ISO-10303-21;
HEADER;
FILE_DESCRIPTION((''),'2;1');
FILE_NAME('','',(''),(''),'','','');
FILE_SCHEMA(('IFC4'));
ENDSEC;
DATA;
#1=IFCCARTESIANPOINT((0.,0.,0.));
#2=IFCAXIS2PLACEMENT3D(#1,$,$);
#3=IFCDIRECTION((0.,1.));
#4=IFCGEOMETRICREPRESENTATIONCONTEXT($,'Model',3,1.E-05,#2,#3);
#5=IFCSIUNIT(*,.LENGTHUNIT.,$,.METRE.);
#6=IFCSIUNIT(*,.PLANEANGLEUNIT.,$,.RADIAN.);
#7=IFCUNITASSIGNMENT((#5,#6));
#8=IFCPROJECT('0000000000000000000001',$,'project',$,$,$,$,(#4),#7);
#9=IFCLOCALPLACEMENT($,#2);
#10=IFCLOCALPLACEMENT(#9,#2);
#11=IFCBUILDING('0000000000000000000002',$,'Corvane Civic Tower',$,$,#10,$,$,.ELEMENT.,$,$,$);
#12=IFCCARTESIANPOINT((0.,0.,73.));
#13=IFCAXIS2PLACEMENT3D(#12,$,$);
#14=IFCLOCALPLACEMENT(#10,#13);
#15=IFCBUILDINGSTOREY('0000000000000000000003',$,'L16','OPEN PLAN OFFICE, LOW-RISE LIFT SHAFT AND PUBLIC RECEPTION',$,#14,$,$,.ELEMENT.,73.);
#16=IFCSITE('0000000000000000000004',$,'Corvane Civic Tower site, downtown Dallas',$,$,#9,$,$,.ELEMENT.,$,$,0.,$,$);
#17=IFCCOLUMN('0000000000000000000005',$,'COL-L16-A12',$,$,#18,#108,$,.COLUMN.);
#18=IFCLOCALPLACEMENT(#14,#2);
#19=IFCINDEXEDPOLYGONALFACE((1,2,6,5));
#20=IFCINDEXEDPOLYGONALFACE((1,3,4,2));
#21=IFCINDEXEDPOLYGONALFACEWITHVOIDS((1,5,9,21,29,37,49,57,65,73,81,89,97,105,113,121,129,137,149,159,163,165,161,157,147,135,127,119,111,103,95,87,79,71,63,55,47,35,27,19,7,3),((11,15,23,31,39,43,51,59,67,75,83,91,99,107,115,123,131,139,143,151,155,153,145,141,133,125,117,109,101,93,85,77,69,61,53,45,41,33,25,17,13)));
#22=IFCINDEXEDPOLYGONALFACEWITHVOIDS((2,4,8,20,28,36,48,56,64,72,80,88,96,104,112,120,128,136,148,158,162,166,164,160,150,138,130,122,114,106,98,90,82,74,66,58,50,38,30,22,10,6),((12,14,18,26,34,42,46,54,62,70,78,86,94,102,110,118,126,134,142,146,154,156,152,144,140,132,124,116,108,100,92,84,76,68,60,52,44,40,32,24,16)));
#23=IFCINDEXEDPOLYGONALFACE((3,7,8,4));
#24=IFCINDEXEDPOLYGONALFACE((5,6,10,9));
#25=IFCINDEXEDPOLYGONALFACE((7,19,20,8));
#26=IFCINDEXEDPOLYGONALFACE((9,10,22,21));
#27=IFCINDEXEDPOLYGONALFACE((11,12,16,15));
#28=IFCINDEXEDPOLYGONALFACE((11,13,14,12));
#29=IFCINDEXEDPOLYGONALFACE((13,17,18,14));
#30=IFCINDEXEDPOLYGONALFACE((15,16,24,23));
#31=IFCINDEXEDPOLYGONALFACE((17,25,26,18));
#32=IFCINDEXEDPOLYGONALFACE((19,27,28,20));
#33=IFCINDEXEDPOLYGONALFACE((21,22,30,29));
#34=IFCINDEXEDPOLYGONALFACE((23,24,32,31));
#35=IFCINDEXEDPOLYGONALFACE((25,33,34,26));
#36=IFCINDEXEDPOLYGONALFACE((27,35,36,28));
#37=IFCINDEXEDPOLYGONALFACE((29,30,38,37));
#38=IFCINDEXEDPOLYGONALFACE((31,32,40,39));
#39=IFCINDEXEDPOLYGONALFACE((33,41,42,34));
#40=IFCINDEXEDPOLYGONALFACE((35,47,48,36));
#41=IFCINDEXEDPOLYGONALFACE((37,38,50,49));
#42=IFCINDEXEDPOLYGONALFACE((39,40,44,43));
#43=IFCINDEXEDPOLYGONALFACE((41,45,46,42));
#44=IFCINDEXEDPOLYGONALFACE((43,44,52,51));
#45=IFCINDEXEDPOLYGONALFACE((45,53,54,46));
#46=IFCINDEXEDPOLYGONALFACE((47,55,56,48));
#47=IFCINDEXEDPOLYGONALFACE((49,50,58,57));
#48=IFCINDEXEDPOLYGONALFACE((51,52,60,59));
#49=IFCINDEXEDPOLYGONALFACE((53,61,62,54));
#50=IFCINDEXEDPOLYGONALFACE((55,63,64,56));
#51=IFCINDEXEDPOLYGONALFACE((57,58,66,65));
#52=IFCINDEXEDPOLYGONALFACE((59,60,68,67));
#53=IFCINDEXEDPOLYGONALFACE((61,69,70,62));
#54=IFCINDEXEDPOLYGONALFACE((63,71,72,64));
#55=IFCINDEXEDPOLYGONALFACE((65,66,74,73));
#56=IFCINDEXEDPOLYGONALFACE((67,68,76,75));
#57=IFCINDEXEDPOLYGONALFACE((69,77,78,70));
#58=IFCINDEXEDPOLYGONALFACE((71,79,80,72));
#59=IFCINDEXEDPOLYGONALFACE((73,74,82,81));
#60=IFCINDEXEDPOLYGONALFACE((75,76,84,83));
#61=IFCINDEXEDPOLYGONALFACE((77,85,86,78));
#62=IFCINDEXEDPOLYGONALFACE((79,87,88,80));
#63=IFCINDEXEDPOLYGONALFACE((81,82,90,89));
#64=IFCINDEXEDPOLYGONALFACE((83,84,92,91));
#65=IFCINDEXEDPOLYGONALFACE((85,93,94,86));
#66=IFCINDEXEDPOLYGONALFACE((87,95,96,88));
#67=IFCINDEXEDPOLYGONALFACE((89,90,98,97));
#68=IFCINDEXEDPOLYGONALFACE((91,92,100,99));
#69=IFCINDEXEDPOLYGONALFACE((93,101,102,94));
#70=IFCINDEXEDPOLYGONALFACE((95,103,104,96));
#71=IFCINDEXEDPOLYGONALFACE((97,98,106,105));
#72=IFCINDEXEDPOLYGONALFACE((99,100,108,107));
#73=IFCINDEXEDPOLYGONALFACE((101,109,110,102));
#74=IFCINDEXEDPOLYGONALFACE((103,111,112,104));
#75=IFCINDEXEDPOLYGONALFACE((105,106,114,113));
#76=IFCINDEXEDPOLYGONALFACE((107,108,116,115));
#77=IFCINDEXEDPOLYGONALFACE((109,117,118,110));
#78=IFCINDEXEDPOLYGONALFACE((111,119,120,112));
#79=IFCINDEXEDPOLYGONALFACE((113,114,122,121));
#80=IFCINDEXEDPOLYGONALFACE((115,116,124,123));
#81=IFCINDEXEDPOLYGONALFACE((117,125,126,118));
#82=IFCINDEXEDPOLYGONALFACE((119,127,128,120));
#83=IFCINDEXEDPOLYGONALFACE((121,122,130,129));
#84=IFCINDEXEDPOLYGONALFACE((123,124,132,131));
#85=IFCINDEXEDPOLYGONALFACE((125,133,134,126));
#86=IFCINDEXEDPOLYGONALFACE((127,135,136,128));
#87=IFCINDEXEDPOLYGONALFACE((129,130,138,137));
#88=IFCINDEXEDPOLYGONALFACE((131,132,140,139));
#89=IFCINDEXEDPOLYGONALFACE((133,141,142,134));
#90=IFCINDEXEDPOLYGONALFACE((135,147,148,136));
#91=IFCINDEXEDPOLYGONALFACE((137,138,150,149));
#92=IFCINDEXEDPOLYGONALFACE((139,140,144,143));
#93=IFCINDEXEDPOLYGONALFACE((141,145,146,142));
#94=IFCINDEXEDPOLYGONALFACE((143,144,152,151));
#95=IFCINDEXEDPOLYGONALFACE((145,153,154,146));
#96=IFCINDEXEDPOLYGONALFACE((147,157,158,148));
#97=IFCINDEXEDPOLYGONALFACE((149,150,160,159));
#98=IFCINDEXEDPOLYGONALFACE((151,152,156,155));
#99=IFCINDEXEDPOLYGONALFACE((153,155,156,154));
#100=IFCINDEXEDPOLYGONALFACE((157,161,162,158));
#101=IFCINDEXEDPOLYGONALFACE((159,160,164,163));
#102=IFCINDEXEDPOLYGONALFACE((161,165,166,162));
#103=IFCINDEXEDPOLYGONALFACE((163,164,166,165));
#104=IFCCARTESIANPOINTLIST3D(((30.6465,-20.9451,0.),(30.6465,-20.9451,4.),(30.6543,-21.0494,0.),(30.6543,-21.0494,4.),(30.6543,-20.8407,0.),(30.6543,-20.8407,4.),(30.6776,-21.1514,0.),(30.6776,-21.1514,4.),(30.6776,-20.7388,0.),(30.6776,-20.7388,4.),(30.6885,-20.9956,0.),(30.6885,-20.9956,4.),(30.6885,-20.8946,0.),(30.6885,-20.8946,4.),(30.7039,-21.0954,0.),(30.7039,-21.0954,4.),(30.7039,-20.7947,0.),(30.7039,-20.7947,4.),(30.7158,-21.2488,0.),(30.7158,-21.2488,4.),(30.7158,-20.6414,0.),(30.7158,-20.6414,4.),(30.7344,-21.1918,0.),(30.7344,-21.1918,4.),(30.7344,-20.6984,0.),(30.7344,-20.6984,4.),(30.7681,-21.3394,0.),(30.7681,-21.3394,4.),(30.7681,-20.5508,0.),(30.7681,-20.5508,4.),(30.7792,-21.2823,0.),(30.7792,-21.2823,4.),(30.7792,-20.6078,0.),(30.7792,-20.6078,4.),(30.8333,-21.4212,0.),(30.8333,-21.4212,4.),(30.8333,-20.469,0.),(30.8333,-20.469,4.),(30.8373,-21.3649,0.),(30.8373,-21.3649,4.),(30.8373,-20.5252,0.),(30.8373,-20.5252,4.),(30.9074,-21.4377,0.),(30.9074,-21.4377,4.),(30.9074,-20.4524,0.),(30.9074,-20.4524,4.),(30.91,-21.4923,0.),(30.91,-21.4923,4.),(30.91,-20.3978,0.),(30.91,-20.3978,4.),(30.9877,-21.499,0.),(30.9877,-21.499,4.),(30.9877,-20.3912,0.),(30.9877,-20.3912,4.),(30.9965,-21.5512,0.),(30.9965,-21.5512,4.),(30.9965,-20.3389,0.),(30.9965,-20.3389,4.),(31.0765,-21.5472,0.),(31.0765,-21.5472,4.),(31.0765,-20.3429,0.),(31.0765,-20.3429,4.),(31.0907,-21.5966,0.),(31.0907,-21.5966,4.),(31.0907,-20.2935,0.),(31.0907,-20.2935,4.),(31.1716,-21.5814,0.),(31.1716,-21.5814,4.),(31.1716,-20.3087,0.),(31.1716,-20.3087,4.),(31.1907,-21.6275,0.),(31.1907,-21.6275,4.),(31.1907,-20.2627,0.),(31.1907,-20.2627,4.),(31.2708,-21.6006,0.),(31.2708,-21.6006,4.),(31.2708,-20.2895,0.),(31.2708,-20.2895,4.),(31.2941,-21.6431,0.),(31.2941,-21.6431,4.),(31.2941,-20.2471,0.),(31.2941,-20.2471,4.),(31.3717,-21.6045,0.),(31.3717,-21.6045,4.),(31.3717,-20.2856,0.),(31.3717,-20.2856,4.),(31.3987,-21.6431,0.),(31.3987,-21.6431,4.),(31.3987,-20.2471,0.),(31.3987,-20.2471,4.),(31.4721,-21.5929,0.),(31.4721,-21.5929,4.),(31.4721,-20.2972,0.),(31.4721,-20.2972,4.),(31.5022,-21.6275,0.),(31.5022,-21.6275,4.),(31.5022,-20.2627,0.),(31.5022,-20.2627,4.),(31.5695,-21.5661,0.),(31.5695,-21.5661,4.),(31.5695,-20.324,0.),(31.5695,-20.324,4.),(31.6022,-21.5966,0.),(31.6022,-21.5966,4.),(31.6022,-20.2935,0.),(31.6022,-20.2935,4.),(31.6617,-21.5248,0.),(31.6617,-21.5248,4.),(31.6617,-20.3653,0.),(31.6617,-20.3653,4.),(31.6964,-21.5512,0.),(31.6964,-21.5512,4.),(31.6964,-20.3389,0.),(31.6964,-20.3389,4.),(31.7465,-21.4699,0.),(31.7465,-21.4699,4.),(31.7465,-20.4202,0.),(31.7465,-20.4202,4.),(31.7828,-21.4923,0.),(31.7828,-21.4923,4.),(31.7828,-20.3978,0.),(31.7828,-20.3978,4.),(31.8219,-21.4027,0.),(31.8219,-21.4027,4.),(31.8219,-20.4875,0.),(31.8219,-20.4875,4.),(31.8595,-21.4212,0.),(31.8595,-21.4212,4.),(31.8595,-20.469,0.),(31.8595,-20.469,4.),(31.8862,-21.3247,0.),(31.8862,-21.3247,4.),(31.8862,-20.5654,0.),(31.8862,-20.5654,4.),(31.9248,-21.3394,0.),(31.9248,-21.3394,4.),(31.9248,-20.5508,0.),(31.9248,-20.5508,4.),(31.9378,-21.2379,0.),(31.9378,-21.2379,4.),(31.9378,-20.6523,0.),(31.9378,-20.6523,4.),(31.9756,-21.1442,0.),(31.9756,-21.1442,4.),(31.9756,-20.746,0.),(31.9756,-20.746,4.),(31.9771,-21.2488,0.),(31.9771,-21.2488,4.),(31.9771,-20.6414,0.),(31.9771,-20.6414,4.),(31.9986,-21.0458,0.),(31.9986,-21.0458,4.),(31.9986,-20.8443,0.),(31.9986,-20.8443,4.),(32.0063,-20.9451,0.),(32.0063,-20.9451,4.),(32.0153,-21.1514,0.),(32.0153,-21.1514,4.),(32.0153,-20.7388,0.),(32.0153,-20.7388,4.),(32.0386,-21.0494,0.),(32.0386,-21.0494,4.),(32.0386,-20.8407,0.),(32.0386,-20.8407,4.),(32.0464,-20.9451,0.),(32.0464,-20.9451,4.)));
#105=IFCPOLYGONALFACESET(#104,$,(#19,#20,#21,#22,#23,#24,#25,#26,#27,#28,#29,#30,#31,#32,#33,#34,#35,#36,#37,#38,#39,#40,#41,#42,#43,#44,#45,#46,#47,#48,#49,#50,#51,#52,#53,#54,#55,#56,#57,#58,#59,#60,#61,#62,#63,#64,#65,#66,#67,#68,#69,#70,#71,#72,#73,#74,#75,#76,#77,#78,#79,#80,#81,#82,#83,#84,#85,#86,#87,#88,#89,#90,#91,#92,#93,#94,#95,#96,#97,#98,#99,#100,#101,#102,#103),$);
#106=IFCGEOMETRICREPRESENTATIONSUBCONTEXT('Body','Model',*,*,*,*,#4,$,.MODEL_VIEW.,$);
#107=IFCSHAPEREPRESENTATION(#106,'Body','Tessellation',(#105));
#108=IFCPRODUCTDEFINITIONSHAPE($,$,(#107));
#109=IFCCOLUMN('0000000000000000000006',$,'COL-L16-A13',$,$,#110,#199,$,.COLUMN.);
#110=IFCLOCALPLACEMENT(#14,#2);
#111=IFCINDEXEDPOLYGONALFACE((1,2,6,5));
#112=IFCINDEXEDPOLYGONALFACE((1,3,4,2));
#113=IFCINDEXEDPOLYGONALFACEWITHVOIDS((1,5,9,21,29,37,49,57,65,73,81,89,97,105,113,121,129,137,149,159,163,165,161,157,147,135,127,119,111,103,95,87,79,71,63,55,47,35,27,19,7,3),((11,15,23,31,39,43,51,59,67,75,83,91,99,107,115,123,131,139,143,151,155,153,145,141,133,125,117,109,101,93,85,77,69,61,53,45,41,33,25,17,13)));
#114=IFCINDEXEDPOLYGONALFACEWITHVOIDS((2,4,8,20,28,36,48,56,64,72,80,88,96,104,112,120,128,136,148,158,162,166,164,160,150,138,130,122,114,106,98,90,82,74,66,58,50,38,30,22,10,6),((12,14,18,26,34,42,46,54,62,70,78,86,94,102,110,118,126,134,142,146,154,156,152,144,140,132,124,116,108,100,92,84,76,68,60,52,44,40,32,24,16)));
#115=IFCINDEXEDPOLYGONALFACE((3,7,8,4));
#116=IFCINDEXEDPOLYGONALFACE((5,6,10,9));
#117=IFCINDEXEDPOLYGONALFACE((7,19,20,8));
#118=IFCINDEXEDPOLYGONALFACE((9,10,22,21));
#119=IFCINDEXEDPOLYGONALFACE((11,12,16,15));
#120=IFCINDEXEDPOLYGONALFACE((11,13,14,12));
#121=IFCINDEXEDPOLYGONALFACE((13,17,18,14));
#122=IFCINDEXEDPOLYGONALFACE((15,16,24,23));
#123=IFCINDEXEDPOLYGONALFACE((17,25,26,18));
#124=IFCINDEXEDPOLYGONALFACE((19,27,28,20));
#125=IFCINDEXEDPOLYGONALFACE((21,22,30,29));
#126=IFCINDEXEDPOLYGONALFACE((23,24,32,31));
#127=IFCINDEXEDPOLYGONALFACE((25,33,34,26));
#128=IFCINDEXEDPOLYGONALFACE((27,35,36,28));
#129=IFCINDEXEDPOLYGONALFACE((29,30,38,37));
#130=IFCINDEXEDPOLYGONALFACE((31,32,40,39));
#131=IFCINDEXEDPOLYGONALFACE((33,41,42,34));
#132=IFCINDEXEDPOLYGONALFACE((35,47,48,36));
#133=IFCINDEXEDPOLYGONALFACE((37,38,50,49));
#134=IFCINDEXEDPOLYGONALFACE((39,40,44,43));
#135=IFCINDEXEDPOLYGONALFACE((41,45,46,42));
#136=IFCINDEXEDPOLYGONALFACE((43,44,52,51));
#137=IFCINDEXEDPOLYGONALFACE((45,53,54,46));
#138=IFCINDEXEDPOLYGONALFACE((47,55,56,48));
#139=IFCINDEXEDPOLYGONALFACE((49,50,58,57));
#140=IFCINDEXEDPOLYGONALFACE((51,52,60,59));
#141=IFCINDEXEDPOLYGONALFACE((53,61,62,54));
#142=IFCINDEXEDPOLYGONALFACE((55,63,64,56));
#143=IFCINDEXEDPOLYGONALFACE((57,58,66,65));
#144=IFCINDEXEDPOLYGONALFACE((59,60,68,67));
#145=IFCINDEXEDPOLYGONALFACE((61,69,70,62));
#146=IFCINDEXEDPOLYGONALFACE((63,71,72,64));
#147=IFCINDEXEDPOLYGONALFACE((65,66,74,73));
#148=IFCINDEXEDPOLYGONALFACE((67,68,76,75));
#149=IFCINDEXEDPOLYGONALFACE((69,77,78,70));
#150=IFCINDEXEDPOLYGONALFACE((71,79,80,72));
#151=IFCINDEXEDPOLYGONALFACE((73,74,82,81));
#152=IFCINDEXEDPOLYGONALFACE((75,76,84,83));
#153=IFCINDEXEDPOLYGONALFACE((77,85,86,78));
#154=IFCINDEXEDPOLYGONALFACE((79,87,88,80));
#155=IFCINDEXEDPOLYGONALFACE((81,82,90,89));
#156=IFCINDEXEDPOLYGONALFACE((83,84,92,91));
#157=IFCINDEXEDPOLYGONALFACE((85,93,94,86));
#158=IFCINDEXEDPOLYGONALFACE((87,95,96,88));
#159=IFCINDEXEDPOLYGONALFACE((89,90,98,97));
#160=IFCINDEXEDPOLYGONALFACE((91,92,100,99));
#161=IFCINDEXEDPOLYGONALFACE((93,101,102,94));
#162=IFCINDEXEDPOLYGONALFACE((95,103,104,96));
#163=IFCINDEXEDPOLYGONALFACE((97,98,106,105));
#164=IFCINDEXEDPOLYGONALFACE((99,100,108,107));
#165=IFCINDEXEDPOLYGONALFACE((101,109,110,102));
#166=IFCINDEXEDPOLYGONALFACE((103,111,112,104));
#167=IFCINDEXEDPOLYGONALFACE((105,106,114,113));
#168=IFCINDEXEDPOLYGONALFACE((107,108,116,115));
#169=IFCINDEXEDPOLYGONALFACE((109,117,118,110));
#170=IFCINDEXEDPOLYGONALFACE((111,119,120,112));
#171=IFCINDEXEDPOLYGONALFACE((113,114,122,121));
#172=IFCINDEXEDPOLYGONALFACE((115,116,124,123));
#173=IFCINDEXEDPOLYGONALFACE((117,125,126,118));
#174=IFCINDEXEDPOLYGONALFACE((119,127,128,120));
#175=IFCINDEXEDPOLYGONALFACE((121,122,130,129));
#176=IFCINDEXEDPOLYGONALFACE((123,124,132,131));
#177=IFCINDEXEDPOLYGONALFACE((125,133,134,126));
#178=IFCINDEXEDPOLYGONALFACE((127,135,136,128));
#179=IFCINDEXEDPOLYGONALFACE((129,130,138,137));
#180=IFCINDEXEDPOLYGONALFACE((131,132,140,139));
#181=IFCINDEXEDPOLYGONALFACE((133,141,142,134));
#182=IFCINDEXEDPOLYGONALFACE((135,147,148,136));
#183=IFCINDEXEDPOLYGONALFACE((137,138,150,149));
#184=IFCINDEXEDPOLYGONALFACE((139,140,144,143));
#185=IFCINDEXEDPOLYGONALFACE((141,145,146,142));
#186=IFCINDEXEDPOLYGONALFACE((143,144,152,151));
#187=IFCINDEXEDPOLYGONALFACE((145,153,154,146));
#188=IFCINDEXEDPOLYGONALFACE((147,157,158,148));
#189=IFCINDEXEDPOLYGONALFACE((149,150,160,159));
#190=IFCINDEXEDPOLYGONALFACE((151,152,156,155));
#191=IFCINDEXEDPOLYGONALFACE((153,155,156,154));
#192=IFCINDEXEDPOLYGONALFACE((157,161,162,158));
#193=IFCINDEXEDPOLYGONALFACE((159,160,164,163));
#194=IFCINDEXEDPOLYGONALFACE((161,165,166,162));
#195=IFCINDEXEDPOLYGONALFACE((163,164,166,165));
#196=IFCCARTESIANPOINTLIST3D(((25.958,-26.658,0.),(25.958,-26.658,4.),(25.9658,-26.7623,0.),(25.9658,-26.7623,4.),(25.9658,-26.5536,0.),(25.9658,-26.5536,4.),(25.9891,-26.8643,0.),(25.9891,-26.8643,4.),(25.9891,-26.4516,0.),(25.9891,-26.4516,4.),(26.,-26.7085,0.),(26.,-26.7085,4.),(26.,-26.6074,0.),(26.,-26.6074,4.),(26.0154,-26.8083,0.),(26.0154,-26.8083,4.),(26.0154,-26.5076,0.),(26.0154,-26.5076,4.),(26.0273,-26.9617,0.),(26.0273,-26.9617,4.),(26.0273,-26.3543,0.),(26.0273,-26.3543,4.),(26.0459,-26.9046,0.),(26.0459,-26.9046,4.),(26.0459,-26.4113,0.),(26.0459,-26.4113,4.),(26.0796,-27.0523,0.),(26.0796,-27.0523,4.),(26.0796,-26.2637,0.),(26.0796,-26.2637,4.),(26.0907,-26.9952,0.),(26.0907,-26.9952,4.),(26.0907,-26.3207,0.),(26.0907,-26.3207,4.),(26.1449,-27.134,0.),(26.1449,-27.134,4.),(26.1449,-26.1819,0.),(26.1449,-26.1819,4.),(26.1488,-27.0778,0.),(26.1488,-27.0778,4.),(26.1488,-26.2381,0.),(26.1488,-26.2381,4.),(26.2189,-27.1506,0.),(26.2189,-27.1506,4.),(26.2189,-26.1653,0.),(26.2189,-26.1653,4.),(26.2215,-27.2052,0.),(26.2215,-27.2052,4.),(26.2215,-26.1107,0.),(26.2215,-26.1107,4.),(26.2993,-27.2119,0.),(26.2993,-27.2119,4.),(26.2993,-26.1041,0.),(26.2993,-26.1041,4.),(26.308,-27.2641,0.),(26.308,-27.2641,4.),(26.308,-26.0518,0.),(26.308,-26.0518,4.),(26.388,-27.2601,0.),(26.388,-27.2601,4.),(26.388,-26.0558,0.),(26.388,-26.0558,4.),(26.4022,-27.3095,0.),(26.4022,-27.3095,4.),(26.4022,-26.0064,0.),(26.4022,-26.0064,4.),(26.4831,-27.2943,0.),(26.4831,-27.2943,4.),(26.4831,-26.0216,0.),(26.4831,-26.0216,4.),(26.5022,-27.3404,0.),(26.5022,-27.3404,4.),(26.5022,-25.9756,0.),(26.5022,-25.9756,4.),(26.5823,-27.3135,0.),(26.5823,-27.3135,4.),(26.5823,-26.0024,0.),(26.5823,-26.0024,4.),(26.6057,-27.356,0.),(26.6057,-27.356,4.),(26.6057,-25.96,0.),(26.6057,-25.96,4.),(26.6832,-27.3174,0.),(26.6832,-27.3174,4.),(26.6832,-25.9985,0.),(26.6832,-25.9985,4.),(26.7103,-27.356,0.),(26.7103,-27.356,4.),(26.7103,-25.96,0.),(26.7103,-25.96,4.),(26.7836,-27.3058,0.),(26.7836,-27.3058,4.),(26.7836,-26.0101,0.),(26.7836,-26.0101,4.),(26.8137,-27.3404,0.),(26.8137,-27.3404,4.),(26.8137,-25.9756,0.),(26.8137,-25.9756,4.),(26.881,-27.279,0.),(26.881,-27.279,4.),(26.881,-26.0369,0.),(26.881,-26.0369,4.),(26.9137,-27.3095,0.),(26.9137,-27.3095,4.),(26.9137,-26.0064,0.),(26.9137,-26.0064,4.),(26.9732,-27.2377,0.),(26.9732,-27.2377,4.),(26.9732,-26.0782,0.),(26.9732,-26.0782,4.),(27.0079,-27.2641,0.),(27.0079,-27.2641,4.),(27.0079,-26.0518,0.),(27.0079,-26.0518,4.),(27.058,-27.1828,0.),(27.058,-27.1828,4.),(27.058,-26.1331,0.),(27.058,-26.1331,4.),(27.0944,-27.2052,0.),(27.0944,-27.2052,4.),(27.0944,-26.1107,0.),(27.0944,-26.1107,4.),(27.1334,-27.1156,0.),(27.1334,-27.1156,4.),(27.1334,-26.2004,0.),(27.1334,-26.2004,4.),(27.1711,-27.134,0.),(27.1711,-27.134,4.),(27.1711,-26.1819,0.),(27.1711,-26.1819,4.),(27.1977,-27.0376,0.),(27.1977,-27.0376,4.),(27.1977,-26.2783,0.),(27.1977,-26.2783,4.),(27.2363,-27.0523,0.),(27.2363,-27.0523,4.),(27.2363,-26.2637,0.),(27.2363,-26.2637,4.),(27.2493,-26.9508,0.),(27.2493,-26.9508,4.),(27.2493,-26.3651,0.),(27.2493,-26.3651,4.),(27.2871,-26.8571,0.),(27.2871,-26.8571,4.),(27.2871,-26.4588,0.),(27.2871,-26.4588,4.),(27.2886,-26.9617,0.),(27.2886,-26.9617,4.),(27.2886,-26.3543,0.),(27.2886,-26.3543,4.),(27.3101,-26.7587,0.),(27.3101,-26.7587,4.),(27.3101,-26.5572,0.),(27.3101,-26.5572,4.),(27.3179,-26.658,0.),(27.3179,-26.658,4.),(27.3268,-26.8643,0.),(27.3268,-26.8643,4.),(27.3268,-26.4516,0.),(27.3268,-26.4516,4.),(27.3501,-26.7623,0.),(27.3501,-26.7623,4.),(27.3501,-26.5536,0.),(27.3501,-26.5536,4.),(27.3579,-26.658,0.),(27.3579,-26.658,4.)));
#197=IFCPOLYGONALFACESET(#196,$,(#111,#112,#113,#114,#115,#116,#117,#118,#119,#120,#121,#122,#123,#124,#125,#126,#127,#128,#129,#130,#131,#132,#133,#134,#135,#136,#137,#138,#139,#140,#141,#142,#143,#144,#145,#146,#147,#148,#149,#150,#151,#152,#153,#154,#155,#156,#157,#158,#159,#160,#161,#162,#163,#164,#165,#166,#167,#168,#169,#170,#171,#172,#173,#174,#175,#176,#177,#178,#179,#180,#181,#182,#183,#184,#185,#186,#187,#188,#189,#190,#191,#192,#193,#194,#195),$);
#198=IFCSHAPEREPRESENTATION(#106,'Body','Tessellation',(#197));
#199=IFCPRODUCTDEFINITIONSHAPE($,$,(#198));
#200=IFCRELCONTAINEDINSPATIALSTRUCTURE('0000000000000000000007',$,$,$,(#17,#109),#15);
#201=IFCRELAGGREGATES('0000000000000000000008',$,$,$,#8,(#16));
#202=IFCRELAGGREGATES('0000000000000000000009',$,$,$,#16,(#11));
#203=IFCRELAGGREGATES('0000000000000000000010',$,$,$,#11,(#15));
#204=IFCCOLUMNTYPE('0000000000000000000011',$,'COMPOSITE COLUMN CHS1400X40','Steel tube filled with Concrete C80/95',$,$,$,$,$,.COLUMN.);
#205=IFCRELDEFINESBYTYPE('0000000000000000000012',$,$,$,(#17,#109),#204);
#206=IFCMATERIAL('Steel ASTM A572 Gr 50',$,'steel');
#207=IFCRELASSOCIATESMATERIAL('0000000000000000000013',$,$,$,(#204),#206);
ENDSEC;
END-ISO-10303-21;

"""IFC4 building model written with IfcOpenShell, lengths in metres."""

from ifc_helpers import new_model, si_unit, direction, frame, origin, origin_2d, place, context, subcontext, project, spatial, hollow_circle, extrude, material, material_profile, profile_set, type_object, element, save


model = new_model("IFC4")

# Units and contexts
model_context = context("Model", 3, precision=1e-05, world=origin(), true_north=direction((0.0, 1.0)))
body_context = subcontext(model_context, "Body", "Model", "MODEL_VIEW")
ifc_project = project(units=[si_unit("LENGTHUNIT", "METRE"), si_unit("PLANEANGLEUNIT", "RADIAN")], contexts=[model_context])

# Site, building, storey
site_placement = place(None, origin())
site = spatial("IfcSite", under=ifc_project, at=site_placement, Name="Corvane Civic Tower site, downtown Dallas", CompositionType="ELEMENT", RefElevation=0.0)
building_placement = place(site_placement, origin())
building = spatial("IfcBuilding", under=site, at=building_placement, Name="Corvane Civic Tower", CompositionType="ELEMENT")
storey_placement = place(building_placement, frame((0.0, 0.0, 73.0)))
storey = spatial("IfcBuildingStorey", under=building, at=storey_placement, Name="L16", Description="OPEN PLAN OFFICE, LOW-RISE LIFT SHAFT AND PUBLIC RECEPTION", CompositionType="ELEMENT", Elevation=73.0)

# Columns
ifc_material_1 = material(Name="Steel ASTM A572 Gr 50", Category="steel")
ifc_material_profile_1 = material_profile(ifc_material_1, hollow_circle(Radius=0.7, WallThickness=0.04, at=origin_2d()), Name="CHS1400X40")
ifc_profile_set_1 = profile_set([ifc_material_profile_1], Name="Steel ASTM A572 Gr 50")
column_type = type_object("IfcColumnType", Name="COMPOSITE COLUMN CHS1400X40", Description="Steel tube filled with Concrete C80/95", PredefinedType="COLUMN", material=ifc_profile_set_1)
for number, where, z_axis, x_axis, name in (
    (1, (31.3464, -20.9451, 0.0), (0.0, 0.0, 1.0), (1.0, 0.0, 0.0), "COL-L16-A12"),
    (2, (26.658, -26.658, 0.0), (0.0, 0.0, 1.0), (1.0, 0.0, 0.0), "COL-L16-A13"),
):
    element("IfcColumn", number, at=place(storey_placement, frame(where, z_axis=z_axis, x_axis=x_axis)), inside=storey, type_object=column_type, Name=name, PredefinedType="COLUMN", context=body_context, shape_type="SweptSolid", body=[
        extrude(hollow_circle(Radius=0.7, WallThickness=0.04, at=origin_2d()), origin(), (0.0, 0.0, 1.0), 4.0),
    ])

save(model, "model.ifc")
